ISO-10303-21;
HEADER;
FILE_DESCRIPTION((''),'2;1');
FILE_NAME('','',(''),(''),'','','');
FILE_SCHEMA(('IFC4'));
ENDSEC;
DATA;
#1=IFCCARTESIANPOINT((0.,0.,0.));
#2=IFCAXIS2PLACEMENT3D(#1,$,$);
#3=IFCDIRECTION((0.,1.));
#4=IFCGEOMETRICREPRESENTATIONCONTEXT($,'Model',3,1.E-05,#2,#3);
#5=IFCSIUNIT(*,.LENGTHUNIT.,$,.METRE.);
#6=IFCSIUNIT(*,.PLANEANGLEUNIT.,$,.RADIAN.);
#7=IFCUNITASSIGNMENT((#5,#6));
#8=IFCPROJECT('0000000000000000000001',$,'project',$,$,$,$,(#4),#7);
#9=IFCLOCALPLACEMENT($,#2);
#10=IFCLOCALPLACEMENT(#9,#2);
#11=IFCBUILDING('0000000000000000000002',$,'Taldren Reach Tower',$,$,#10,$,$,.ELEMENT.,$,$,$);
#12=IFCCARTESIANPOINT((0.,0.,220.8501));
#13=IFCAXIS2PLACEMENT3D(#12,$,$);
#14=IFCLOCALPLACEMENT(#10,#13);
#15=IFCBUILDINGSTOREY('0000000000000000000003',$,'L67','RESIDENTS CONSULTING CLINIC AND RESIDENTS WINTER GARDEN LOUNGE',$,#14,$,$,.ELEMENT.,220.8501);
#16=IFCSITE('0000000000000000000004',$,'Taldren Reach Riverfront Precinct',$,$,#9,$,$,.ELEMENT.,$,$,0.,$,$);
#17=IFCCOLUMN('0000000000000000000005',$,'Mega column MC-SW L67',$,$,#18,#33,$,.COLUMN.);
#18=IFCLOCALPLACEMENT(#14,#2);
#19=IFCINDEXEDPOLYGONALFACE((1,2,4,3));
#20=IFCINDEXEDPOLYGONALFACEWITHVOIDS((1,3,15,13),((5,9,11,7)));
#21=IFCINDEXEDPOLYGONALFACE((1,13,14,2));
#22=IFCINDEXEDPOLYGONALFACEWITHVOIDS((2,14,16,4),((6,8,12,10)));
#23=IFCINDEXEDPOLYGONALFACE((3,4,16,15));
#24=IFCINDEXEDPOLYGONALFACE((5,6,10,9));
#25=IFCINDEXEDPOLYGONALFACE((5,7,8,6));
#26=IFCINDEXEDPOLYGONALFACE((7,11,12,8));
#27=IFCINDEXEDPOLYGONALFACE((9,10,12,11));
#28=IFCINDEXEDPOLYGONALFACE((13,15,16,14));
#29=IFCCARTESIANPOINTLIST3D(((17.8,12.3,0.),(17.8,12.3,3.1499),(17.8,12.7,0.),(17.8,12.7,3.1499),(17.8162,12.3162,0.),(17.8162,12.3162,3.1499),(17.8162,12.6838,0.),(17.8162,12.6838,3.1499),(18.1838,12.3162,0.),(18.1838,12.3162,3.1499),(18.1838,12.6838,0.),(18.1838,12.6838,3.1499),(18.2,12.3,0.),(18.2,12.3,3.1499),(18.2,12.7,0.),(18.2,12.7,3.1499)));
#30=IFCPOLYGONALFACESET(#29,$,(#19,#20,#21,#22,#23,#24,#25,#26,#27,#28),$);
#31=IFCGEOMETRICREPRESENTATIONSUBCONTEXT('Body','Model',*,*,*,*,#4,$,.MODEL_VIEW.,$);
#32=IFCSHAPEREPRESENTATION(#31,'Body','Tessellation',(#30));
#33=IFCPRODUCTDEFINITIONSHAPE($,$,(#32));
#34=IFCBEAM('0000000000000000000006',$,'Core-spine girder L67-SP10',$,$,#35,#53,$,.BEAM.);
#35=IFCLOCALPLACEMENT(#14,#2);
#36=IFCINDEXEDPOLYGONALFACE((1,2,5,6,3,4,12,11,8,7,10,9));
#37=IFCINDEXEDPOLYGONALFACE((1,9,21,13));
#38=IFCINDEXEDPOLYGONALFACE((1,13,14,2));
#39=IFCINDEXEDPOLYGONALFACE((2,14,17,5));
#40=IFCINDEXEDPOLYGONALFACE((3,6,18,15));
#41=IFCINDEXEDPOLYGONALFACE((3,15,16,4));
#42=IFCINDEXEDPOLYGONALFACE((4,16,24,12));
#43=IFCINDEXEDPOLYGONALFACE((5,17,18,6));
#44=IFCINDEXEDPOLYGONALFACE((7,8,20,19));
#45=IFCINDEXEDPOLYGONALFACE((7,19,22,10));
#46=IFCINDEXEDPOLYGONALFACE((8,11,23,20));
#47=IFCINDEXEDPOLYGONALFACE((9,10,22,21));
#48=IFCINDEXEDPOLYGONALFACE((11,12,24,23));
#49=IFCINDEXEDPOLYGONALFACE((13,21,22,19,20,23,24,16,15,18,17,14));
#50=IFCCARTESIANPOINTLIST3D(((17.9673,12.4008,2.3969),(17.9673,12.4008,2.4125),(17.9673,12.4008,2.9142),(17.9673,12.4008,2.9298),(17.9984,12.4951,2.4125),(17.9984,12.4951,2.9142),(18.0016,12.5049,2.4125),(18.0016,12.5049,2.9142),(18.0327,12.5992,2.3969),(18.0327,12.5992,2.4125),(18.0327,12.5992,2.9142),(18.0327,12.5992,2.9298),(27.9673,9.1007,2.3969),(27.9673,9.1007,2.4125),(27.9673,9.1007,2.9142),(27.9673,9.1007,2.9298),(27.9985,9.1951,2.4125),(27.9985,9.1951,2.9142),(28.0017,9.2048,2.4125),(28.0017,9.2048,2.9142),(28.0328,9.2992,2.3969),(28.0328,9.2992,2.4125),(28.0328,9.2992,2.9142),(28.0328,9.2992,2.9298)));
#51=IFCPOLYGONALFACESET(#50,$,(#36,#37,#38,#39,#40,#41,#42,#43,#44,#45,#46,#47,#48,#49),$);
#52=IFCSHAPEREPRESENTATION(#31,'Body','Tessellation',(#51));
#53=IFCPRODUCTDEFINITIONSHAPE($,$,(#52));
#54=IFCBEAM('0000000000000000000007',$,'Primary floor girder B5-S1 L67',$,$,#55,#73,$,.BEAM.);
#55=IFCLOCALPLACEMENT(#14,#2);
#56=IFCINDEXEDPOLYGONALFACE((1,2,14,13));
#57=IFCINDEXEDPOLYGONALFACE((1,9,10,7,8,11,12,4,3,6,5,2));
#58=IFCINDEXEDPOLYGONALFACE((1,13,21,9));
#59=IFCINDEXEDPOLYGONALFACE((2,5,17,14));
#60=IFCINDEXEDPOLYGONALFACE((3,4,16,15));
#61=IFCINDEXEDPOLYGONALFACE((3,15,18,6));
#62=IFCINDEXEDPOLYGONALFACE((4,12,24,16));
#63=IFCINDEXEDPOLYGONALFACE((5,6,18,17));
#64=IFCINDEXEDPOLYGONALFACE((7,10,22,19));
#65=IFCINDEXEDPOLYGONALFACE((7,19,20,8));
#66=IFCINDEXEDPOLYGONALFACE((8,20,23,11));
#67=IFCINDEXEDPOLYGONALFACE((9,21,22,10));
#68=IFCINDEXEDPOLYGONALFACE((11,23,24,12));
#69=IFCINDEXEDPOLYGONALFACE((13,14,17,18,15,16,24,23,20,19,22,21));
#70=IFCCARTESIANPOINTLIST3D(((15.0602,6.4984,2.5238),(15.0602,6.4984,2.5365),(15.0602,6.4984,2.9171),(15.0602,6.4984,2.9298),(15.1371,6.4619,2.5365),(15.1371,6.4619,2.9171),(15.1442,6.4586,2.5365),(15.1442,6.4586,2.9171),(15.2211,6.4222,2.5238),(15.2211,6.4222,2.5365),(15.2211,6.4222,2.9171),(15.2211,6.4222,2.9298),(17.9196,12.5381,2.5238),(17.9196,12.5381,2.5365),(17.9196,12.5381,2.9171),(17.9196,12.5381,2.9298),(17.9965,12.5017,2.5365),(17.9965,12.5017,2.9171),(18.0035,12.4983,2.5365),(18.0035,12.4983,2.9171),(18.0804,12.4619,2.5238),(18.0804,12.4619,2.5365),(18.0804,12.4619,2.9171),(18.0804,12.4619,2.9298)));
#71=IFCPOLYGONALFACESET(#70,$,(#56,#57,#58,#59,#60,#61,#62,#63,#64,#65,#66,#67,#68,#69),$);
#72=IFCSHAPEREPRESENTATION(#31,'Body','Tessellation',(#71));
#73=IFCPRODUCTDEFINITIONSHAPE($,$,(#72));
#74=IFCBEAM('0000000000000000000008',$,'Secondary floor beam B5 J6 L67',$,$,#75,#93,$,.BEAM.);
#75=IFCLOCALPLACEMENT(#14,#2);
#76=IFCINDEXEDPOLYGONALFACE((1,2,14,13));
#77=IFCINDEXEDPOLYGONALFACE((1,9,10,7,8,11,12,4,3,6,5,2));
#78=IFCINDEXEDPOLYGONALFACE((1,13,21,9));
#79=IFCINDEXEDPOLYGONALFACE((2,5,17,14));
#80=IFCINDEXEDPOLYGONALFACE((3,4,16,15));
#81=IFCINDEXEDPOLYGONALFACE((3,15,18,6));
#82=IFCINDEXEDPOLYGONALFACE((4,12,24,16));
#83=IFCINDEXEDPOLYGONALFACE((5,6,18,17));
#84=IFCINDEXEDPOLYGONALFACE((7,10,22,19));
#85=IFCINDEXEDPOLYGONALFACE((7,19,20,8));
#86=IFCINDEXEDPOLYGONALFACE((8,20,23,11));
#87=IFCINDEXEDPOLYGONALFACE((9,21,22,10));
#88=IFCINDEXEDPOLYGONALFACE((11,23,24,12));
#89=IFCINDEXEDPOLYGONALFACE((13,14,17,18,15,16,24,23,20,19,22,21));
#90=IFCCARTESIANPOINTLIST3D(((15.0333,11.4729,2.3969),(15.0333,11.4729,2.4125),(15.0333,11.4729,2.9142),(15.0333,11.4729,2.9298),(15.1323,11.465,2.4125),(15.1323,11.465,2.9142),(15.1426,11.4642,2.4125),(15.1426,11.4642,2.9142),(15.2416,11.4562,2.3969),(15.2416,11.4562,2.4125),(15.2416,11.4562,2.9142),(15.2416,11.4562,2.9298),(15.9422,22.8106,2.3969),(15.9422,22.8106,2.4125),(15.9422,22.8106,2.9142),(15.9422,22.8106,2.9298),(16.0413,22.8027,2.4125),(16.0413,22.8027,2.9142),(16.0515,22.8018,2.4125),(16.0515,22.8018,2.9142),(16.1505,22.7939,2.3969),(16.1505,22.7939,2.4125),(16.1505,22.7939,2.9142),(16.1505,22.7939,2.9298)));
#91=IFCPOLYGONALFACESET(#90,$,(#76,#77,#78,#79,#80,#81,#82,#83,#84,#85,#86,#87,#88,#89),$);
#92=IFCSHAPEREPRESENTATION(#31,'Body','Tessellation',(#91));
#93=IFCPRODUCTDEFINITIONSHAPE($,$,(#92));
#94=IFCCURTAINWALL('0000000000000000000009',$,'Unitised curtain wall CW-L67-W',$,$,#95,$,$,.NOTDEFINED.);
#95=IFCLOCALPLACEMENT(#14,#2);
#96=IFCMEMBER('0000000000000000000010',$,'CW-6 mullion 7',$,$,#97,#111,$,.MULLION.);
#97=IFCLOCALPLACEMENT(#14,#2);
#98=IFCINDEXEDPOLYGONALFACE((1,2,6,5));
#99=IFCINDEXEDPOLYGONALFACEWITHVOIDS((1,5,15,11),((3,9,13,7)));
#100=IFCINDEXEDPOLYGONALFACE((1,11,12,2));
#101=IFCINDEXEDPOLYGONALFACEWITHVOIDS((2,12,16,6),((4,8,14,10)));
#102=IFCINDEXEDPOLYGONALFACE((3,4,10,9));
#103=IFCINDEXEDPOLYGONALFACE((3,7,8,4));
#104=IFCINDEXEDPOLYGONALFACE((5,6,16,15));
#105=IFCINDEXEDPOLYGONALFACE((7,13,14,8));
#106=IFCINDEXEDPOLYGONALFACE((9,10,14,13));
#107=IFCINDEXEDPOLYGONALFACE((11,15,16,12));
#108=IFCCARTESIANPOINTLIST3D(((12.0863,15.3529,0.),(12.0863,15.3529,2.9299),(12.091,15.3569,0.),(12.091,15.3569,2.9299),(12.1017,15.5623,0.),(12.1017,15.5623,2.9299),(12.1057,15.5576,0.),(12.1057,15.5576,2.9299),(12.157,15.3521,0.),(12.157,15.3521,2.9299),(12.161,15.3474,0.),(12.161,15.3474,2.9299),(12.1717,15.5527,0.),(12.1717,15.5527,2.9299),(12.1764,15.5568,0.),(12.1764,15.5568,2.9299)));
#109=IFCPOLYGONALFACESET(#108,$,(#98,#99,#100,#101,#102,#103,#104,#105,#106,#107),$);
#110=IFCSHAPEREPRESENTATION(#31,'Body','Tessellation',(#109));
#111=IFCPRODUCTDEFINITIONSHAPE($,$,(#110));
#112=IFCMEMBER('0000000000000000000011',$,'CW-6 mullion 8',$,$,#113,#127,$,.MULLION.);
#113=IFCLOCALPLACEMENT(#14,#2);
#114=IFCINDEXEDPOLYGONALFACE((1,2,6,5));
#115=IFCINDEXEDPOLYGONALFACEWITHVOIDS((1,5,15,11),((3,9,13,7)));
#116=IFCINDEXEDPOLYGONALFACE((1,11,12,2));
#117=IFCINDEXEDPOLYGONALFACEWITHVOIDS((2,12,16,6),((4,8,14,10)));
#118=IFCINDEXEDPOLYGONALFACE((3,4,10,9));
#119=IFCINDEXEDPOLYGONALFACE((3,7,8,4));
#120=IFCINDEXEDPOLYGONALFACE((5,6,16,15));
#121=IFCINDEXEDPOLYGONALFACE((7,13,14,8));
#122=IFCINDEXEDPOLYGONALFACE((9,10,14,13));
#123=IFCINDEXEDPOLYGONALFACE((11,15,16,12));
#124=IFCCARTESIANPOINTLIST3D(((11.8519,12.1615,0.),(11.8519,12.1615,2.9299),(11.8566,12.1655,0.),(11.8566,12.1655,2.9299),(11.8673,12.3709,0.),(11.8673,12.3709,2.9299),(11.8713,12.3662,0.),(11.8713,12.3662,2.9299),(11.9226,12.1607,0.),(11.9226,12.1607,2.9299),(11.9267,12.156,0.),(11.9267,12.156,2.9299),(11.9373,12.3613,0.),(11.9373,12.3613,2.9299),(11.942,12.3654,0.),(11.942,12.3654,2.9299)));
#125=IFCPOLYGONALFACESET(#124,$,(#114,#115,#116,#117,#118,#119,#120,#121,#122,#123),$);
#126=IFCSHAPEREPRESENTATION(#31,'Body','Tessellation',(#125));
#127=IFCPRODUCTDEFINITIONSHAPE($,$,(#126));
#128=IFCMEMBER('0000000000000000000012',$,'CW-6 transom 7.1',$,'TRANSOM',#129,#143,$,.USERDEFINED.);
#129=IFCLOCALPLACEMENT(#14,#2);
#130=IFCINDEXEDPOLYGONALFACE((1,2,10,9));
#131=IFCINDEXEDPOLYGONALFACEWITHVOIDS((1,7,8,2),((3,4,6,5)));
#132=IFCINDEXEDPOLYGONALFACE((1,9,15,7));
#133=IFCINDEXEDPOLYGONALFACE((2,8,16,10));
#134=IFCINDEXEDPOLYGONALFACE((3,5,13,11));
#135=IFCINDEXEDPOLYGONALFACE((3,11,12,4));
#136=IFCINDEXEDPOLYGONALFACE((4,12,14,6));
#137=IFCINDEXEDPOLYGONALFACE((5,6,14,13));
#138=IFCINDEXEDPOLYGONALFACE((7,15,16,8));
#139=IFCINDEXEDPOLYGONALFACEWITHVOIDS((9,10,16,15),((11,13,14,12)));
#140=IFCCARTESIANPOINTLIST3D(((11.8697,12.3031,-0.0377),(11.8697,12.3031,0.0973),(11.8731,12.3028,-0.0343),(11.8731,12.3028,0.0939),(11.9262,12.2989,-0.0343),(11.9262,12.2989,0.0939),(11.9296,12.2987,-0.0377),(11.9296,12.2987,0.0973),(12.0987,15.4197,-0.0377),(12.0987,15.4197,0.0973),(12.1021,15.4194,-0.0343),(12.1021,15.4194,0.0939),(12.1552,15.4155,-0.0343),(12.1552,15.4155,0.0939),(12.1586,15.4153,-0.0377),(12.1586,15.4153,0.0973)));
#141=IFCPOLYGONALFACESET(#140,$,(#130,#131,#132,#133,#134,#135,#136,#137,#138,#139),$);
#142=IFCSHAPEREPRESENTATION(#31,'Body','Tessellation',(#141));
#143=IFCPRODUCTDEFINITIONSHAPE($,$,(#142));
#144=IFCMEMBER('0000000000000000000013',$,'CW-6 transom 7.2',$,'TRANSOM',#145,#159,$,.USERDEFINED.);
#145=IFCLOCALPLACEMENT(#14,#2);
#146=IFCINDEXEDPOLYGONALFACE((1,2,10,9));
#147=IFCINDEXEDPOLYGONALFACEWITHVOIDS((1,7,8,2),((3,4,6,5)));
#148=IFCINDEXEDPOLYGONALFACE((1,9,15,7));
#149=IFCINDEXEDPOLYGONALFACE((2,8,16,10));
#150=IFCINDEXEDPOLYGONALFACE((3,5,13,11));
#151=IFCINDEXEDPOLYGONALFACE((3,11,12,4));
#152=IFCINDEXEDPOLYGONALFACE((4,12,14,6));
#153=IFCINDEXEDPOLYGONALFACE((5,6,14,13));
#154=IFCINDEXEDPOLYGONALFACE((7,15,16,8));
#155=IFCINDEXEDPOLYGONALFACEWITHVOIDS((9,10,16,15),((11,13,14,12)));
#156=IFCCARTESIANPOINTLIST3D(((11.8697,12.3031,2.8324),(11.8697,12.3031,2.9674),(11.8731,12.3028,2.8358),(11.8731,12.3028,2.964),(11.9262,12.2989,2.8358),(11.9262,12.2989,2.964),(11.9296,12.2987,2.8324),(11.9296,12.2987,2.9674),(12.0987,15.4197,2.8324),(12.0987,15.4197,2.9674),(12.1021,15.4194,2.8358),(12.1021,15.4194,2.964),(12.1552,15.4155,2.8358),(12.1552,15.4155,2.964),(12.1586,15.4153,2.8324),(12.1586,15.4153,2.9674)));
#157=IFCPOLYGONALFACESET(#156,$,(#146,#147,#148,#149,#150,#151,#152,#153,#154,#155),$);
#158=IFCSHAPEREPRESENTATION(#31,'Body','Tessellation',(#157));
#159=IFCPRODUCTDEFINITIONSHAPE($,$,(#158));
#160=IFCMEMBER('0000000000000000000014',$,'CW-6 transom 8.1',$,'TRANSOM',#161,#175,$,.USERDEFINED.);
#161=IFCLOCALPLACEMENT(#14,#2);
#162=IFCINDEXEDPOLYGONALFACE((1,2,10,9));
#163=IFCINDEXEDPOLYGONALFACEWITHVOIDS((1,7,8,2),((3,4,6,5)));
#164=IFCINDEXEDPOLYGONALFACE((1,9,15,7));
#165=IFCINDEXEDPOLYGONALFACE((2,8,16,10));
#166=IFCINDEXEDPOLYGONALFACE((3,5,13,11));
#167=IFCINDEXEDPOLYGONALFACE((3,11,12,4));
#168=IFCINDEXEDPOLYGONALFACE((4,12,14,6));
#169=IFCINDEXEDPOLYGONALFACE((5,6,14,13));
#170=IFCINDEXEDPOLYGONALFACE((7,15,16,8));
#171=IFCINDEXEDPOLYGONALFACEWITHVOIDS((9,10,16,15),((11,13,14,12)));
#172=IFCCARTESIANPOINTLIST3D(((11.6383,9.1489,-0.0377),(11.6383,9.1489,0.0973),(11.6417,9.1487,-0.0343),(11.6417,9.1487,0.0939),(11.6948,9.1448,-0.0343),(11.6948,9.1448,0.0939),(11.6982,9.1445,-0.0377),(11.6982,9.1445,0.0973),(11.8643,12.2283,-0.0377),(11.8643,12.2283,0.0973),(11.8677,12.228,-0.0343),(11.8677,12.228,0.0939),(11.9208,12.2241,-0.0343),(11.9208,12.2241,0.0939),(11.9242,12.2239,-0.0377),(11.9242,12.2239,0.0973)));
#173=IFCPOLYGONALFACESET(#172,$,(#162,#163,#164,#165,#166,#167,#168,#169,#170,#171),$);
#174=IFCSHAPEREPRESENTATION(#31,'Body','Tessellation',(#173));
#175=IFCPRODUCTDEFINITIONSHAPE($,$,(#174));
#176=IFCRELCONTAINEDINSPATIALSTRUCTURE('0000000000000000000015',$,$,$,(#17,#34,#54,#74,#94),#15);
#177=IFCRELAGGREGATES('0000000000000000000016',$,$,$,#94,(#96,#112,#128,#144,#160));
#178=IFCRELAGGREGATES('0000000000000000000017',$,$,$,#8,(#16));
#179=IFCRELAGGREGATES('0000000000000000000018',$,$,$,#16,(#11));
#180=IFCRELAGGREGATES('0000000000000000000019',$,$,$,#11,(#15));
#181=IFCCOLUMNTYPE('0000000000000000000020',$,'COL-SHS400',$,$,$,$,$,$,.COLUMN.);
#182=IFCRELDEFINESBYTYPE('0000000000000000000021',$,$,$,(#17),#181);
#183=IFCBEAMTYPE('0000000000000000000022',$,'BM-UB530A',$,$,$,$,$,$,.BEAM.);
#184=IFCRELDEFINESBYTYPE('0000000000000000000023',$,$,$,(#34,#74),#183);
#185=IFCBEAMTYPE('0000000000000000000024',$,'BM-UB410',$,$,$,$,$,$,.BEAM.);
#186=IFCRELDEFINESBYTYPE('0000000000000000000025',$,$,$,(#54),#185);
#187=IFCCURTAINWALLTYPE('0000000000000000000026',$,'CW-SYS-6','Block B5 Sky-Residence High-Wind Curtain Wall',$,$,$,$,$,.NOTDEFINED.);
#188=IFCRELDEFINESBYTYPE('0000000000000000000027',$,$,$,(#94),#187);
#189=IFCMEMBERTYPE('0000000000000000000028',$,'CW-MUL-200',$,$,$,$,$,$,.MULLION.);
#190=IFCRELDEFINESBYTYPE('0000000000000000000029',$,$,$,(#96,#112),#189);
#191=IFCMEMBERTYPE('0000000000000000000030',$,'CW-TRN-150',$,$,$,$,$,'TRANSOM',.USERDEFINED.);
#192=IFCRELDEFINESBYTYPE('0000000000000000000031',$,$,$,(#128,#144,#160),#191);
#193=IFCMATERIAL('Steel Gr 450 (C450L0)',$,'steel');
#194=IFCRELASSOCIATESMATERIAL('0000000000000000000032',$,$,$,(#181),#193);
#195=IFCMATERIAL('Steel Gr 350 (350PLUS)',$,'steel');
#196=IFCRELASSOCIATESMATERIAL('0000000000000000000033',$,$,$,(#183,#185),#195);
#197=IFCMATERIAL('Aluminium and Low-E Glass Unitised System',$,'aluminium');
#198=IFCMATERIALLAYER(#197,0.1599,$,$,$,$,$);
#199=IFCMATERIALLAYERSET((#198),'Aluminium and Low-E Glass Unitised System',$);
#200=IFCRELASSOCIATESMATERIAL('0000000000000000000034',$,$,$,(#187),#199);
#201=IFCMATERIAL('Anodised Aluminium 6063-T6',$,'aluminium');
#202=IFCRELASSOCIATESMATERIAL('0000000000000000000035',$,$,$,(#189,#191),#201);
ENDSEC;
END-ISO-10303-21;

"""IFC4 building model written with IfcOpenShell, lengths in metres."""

from ifc_helpers import new_model, si_unit, direction, frame, origin, origin_2d, place, context, subcontext, project, spatial, hollow_rectangle, i_section, extrude, source, transform, mapped, material, layer, layer_set, material_profile, profile_set, type_object, element, aggregate, save


model = new_model("IFC4")

# Units and contexts
model_context = context("Model", 3, precision=1e-05, world=origin(), true_north=direction((0.0, 1.0)))
body_context = subcontext(model_context, "Body", "Model", "MODEL_VIEW")
ifc_project = project(units=[si_unit("LENGTHUNIT", "METRE"), si_unit("PLANEANGLEUNIT", "RADIAN")], contexts=[model_context])

# Site, building, storey
site_placement = place(None, origin())
site = spatial("IfcSite", under=ifc_project, at=site_placement, Name="Taldren Reach Riverfront Precinct", CompositionType="ELEMENT", RefElevation=0.0)
building_placement = place(site_placement, origin())
building = spatial("IfcBuilding", under=site, at=building_placement, Name="Taldren Reach Tower", CompositionType="ELEMENT")
storey_placement = place(building_placement, frame((0.0, 0.0, 220.8501)))
storey = spatial("IfcBuildingStorey", under=building, at=storey_placement, Name="L67", Description="RESIDENTS CONSULTING CLINIC AND RESIDENTS WINTER GARDEN LOUNGE", CompositionType="ELEMENT", Elevation=220.8501)

# Column
ifc_material_1 = material(Name="Steel Gr 450 (C450L0)", Category="steel")
ifc_material_profile_1 = material_profile(ifc_material_1, hollow_rectangle(XDim=0.3999, YDim=0.3999, WallThickness=0.0161, at=origin_2d()), Name="400x400x16.0SHS")
ifc_profile_set_1 = profile_set([ifc_material_profile_1], Name="Steel Gr 450 (C450L0)")
column_type = type_object("IfcColumnType", Name="COL-SHS400", PredefinedType="COLUMN", material=ifc_profile_set_1)
shared_shape_1 = source(origin(), body_context, "Body", "SweptSolid", [
    extrude(hollow_rectangle(XDim=0.3999, YDim=0.3999, WallThickness=0.0161, at=origin_2d()), origin(), (0.0, 0.0, 1.0), 3.1499),
])
column_placement = place(storey_placement, frame((18.0, 12.5, 0.0), z_axis=(0.0, 0.0, 1.0), x_axis=(1.0, 0.0, 0.0)))
element("IfcColumn", 1, at=column_placement, inside=storey, type_object=column_type, Name="Mega column MC-SW L67", PredefinedType="COLUMN", context=body_context, shape_type="MappedRepresentation", body=[
    mapped(shared_shape_1, transform((0.0, 0.0, 0.0), scale=1.0)),
])

# Beams
ifc_material_2 = material(Name="Steel Gr 350 (350PLUS)", Category="steel")
ifc_material_profile_2 = material_profile(ifc_material_2, i_section(OverallWidth=0.209, OverallDepth=0.533, WebThickness=0.0103, FlangeThickness=0.0156, at=origin_2d()), Name="530UB92.4")
ifc_profile_set_2 = profile_set([ifc_material_profile_2], Name="Steel Gr 350 (350PLUS)")
beam_type_1 = type_object("IfcBeamType", Name="BM-UB530A", PredefinedType="BEAM", material=ifc_profile_set_2)
shared_shape_2 = source(origin(), body_context, "Body", "SweptSolid", [
    extrude(i_section(OverallWidth=0.209, OverallDepth=0.533, WebThickness=0.0103, FlangeThickness=0.0156, at=origin_2d()), origin(), (0.0, 0.0, 1.0), 10.5305),
])
beam_1_placement = place(storey_placement, frame((18.0, 12.5, 2.6633), z_axis=(0.949627, -0.313382, 0.0), x_axis=(0.313382, 0.949627, 0.0)))
element("IfcBeam", 2, at=beam_1_placement, inside=storey, type_object=beam_type_1, Name="Core-spine girder L67-SP10", PredefinedType="BEAM", context=body_context, shape_type="MappedRepresentation", body=[
    mapped(shared_shape_2, transform((0.0, 0.0, 0.0), scale=1.0)),
])
ifc_material_profile_3 = material_profile(ifc_material_2, i_section(OverallWidth=0.178, OverallDepth=0.406, WebThickness=0.0078, FlangeThickness=0.0127, at=origin_2d()), Name="410UB59.7")
ifc_profile_set_3 = profile_set([ifc_material_profile_3], Name="Steel Gr 350 (350PLUS)")
beam_type_2 = type_object("IfcBeamType", Name="BM-UB410", PredefinedType="BEAM", material=ifc_profile_set_3)
shared_shape_3 = source(origin(), body_context, "Body", "SweptSolid", [
    extrude(i_section(OverallWidth=0.178, OverallDepth=0.406, WebThickness=0.0078, FlangeThickness=0.0127, at=origin_2d()), origin(), (0.0, 0.0, 1.0), 6.6824),
])
beam_2_placement = place(storey_placement, frame((18.0, 12.5, 2.7268), z_axis=(-0.427893, -0.903829, 0.0), x_axis=(0.903829, -0.427893, 0.0)))
element("IfcBeam", 3, at=beam_2_placement, inside=storey, type_object=beam_type_2, Name="Primary floor girder B5-S1 L67", PredefinedType="BEAM", context=body_context, shape_type="MappedRepresentation", body=[
    mapped(shared_shape_3, transform((0.0, 0.0, 0.0), scale=1.0)),
])
shared_shape_4 = source(origin(), body_context, "Body", "SweptSolid", [
    extrude(i_section(OverallWidth=0.209, OverallDepth=0.533, WebThickness=0.0103, FlangeThickness=0.0156, at=origin_2d()), origin(), (0.0, 0.0, 1.0), 11.374),
])
beam_3_placement = place(storey_placement, frame((15.1375, 11.4646, 2.6633), z_axis=(0.079913, 0.996802, 0.0), x_axis=(-0.996802, 0.079913, 0.0)))
element("IfcBeam", 4, at=beam_3_placement, inside=storey, type_object=beam_type_1, Name="Secondary floor beam B5 J6 L67", PredefinedType="BEAM", context=body_context, shape_type="MappedRepresentation", body=[
    mapped(shared_shape_4, transform((0.0, 0.0, 0.0), scale=1.0)),
])

# Curtain wall, members
ifc_material_3 = material(Name="Aluminium and Low-E Glass Unitised System", Category="aluminium")
ifc_layer_1 = layer(ifc_material_3, 0.1599)
ifc_layer_set_1 = layer_set([ifc_layer_1], Name="Aluminium and Low-E Glass Unitised System")
curtain_wall_type = type_object("IfcCurtainWallType", Name="CW-SYS-6", Description="Block B5 Sky-Residence High-Wind Curtain Wall", PredefinedType="NOTDEFINED", material=ifc_layer_set_1)
curtain_wall_placement = place(storey_placement, origin())
curtain_wall = element("IfcCurtainWall", 5, at=curtain_wall_placement, inside=storey, type_object=curtain_wall_type, Name="Unitised curtain wall CW-L67-W", PredefinedType="NOTDEFINED")
ifc_material_4 = material(Name="Anodised Aluminium 6063-T6", Category="aluminium")
ifc_material_profile_4 = material_profile(ifc_material_4, hollow_rectangle(XDim=0.075, YDim=0.21, WallThickness=0.0044, at=origin_2d()), Name="ALU-210x75x4.5RHS")
ifc_profile_set_4 = profile_set([ifc_material_profile_4], Name="Anodised Aluminium 6063-T6")
member_type_1 = type_object("IfcMemberType", Name="CW-MUL-200", PredefinedType="MULLION", material=ifc_profile_set_4)
shared_shape_5 = source(origin(), body_context, "Body", "SweptSolid", [
    extrude(hollow_rectangle(XDim=0.075, YDim=0.21, WallThickness=0.0044, at=origin_2d()), origin(), (0.0, 0.0, 1.0), 2.9299),
])
member_1_placement = place(storey_placement, frame((12.1313, 15.4548, 0.0), z_axis=(0.0, 0.0, 1.0), x_axis=(0.997314, -0.073238, 0.0)))
member_1 = element("IfcMember", 6, at=member_1_placement, type_object=member_type_1, Name="CW-6 mullion 7", PredefinedType="MULLION", context=body_context, shape_type="MappedRepresentation", body=[
    mapped(shared_shape_5, transform((0.0, 0.0, 0.0), scale=1.0)),
])
member_2_placement = place(storey_placement, frame((11.897, 12.2634, 0.0), z_axis=(0.0, 0.0, 1.0), x_axis=(0.997314, -0.073238, 0.0)))
member_2 = element("IfcMember", 7, at=member_2_placement, type_object=member_type_1, Name="CW-6 mullion 8", PredefinedType="MULLION", context=body_context, shape_type="MappedRepresentation", body=[
    mapped(shared_shape_5, transform((0.0, 0.0, 0.0), scale=1.0)),
])
ifc_material_profile_5 = material_profile(ifc_material_4, hollow_rectangle(XDim=0.0601, YDim=0.135, WallThickness=0.0034, at=origin_2d()), Name="ALU-135x60x3.5RHS")
ifc_profile_set_5 = profile_set([ifc_material_profile_5], Name="Anodised Aluminium 6063-T6")
member_type_2 = type_object("IfcMemberType", Name="CW-TRN-150", ElementType="TRANSOM", PredefinedType="USERDEFINED", material=ifc_profile_set_5)
shared_shape_6 = source(origin(), body_context, "Body", "SweptSolid", [
    extrude(hollow_rectangle(XDim=0.0601, YDim=0.135, WallThickness=0.0034, at=origin_2d()), origin(), (0.0, 0.0, 1.0), 3.125),
])
member_3_placement = place(storey_placement, frame((12.1287, 15.4175, 0.0298), z_axis=(-0.073279, -0.997311, 0.0), x_axis=(0.997311, -0.073279, 0.0)))
member_3 = element("IfcMember", 8, at=member_3_placement, type_object=member_type_2, Name="CW-6 transom 7.1", ObjectType="TRANSOM", PredefinedType="USERDEFINED", context=body_context, shape_type="MappedRepresentation", body=[
    mapped(shared_shape_6, transform((0.0, 0.0, 0.0), scale=1.0)),
])
member_4_placement = place(storey_placement, frame((12.1287, 15.4175, 2.8999), z_axis=(-0.073279, -0.997311, 0.0), x_axis=(0.997311, -0.073279, 0.0)))
member_4 = element("IfcMember", 9, at=member_4_placement, type_object=member_type_2, Name="CW-6 transom 7.2", ObjectType="TRANSOM", PredefinedType="USERDEFINED", context=body_context, shape_type="MappedRepresentation", body=[
    mapped(shared_shape_6, transform((0.0, 0.0, 0.0), scale=1.0)),
])
shared_shape_7 = source(origin(), body_context, "Body", "SweptSolid", [
    extrude(hollow_rectangle(XDim=0.0601, YDim=0.135, WallThickness=0.0034, at=origin_2d()), origin(), (0.0, 0.0, 1.0), 3.0876),
])
member_5_placement = place(storey_placement, frame((11.8943, 12.2261, 0.0298), z_axis=(-0.073219, -0.997316, 0.0), x_axis=(0.997316, -0.073219, 0.0)))
member_5 = element("IfcMember", 10, at=member_5_placement, type_object=member_type_2, Name="CW-6 transom 8.1", ObjectType="TRANSOM", PredefinedType="USERDEFINED", context=body_context, shape_type="MappedRepresentation", body=[
    mapped(shared_shape_7, transform((0.0, 0.0, 0.0), scale=1.0)),
])
aggregate(curtain_wall, [member_1, member_2, member_3, member_4, member_5])

save(model, "model.ifc")
